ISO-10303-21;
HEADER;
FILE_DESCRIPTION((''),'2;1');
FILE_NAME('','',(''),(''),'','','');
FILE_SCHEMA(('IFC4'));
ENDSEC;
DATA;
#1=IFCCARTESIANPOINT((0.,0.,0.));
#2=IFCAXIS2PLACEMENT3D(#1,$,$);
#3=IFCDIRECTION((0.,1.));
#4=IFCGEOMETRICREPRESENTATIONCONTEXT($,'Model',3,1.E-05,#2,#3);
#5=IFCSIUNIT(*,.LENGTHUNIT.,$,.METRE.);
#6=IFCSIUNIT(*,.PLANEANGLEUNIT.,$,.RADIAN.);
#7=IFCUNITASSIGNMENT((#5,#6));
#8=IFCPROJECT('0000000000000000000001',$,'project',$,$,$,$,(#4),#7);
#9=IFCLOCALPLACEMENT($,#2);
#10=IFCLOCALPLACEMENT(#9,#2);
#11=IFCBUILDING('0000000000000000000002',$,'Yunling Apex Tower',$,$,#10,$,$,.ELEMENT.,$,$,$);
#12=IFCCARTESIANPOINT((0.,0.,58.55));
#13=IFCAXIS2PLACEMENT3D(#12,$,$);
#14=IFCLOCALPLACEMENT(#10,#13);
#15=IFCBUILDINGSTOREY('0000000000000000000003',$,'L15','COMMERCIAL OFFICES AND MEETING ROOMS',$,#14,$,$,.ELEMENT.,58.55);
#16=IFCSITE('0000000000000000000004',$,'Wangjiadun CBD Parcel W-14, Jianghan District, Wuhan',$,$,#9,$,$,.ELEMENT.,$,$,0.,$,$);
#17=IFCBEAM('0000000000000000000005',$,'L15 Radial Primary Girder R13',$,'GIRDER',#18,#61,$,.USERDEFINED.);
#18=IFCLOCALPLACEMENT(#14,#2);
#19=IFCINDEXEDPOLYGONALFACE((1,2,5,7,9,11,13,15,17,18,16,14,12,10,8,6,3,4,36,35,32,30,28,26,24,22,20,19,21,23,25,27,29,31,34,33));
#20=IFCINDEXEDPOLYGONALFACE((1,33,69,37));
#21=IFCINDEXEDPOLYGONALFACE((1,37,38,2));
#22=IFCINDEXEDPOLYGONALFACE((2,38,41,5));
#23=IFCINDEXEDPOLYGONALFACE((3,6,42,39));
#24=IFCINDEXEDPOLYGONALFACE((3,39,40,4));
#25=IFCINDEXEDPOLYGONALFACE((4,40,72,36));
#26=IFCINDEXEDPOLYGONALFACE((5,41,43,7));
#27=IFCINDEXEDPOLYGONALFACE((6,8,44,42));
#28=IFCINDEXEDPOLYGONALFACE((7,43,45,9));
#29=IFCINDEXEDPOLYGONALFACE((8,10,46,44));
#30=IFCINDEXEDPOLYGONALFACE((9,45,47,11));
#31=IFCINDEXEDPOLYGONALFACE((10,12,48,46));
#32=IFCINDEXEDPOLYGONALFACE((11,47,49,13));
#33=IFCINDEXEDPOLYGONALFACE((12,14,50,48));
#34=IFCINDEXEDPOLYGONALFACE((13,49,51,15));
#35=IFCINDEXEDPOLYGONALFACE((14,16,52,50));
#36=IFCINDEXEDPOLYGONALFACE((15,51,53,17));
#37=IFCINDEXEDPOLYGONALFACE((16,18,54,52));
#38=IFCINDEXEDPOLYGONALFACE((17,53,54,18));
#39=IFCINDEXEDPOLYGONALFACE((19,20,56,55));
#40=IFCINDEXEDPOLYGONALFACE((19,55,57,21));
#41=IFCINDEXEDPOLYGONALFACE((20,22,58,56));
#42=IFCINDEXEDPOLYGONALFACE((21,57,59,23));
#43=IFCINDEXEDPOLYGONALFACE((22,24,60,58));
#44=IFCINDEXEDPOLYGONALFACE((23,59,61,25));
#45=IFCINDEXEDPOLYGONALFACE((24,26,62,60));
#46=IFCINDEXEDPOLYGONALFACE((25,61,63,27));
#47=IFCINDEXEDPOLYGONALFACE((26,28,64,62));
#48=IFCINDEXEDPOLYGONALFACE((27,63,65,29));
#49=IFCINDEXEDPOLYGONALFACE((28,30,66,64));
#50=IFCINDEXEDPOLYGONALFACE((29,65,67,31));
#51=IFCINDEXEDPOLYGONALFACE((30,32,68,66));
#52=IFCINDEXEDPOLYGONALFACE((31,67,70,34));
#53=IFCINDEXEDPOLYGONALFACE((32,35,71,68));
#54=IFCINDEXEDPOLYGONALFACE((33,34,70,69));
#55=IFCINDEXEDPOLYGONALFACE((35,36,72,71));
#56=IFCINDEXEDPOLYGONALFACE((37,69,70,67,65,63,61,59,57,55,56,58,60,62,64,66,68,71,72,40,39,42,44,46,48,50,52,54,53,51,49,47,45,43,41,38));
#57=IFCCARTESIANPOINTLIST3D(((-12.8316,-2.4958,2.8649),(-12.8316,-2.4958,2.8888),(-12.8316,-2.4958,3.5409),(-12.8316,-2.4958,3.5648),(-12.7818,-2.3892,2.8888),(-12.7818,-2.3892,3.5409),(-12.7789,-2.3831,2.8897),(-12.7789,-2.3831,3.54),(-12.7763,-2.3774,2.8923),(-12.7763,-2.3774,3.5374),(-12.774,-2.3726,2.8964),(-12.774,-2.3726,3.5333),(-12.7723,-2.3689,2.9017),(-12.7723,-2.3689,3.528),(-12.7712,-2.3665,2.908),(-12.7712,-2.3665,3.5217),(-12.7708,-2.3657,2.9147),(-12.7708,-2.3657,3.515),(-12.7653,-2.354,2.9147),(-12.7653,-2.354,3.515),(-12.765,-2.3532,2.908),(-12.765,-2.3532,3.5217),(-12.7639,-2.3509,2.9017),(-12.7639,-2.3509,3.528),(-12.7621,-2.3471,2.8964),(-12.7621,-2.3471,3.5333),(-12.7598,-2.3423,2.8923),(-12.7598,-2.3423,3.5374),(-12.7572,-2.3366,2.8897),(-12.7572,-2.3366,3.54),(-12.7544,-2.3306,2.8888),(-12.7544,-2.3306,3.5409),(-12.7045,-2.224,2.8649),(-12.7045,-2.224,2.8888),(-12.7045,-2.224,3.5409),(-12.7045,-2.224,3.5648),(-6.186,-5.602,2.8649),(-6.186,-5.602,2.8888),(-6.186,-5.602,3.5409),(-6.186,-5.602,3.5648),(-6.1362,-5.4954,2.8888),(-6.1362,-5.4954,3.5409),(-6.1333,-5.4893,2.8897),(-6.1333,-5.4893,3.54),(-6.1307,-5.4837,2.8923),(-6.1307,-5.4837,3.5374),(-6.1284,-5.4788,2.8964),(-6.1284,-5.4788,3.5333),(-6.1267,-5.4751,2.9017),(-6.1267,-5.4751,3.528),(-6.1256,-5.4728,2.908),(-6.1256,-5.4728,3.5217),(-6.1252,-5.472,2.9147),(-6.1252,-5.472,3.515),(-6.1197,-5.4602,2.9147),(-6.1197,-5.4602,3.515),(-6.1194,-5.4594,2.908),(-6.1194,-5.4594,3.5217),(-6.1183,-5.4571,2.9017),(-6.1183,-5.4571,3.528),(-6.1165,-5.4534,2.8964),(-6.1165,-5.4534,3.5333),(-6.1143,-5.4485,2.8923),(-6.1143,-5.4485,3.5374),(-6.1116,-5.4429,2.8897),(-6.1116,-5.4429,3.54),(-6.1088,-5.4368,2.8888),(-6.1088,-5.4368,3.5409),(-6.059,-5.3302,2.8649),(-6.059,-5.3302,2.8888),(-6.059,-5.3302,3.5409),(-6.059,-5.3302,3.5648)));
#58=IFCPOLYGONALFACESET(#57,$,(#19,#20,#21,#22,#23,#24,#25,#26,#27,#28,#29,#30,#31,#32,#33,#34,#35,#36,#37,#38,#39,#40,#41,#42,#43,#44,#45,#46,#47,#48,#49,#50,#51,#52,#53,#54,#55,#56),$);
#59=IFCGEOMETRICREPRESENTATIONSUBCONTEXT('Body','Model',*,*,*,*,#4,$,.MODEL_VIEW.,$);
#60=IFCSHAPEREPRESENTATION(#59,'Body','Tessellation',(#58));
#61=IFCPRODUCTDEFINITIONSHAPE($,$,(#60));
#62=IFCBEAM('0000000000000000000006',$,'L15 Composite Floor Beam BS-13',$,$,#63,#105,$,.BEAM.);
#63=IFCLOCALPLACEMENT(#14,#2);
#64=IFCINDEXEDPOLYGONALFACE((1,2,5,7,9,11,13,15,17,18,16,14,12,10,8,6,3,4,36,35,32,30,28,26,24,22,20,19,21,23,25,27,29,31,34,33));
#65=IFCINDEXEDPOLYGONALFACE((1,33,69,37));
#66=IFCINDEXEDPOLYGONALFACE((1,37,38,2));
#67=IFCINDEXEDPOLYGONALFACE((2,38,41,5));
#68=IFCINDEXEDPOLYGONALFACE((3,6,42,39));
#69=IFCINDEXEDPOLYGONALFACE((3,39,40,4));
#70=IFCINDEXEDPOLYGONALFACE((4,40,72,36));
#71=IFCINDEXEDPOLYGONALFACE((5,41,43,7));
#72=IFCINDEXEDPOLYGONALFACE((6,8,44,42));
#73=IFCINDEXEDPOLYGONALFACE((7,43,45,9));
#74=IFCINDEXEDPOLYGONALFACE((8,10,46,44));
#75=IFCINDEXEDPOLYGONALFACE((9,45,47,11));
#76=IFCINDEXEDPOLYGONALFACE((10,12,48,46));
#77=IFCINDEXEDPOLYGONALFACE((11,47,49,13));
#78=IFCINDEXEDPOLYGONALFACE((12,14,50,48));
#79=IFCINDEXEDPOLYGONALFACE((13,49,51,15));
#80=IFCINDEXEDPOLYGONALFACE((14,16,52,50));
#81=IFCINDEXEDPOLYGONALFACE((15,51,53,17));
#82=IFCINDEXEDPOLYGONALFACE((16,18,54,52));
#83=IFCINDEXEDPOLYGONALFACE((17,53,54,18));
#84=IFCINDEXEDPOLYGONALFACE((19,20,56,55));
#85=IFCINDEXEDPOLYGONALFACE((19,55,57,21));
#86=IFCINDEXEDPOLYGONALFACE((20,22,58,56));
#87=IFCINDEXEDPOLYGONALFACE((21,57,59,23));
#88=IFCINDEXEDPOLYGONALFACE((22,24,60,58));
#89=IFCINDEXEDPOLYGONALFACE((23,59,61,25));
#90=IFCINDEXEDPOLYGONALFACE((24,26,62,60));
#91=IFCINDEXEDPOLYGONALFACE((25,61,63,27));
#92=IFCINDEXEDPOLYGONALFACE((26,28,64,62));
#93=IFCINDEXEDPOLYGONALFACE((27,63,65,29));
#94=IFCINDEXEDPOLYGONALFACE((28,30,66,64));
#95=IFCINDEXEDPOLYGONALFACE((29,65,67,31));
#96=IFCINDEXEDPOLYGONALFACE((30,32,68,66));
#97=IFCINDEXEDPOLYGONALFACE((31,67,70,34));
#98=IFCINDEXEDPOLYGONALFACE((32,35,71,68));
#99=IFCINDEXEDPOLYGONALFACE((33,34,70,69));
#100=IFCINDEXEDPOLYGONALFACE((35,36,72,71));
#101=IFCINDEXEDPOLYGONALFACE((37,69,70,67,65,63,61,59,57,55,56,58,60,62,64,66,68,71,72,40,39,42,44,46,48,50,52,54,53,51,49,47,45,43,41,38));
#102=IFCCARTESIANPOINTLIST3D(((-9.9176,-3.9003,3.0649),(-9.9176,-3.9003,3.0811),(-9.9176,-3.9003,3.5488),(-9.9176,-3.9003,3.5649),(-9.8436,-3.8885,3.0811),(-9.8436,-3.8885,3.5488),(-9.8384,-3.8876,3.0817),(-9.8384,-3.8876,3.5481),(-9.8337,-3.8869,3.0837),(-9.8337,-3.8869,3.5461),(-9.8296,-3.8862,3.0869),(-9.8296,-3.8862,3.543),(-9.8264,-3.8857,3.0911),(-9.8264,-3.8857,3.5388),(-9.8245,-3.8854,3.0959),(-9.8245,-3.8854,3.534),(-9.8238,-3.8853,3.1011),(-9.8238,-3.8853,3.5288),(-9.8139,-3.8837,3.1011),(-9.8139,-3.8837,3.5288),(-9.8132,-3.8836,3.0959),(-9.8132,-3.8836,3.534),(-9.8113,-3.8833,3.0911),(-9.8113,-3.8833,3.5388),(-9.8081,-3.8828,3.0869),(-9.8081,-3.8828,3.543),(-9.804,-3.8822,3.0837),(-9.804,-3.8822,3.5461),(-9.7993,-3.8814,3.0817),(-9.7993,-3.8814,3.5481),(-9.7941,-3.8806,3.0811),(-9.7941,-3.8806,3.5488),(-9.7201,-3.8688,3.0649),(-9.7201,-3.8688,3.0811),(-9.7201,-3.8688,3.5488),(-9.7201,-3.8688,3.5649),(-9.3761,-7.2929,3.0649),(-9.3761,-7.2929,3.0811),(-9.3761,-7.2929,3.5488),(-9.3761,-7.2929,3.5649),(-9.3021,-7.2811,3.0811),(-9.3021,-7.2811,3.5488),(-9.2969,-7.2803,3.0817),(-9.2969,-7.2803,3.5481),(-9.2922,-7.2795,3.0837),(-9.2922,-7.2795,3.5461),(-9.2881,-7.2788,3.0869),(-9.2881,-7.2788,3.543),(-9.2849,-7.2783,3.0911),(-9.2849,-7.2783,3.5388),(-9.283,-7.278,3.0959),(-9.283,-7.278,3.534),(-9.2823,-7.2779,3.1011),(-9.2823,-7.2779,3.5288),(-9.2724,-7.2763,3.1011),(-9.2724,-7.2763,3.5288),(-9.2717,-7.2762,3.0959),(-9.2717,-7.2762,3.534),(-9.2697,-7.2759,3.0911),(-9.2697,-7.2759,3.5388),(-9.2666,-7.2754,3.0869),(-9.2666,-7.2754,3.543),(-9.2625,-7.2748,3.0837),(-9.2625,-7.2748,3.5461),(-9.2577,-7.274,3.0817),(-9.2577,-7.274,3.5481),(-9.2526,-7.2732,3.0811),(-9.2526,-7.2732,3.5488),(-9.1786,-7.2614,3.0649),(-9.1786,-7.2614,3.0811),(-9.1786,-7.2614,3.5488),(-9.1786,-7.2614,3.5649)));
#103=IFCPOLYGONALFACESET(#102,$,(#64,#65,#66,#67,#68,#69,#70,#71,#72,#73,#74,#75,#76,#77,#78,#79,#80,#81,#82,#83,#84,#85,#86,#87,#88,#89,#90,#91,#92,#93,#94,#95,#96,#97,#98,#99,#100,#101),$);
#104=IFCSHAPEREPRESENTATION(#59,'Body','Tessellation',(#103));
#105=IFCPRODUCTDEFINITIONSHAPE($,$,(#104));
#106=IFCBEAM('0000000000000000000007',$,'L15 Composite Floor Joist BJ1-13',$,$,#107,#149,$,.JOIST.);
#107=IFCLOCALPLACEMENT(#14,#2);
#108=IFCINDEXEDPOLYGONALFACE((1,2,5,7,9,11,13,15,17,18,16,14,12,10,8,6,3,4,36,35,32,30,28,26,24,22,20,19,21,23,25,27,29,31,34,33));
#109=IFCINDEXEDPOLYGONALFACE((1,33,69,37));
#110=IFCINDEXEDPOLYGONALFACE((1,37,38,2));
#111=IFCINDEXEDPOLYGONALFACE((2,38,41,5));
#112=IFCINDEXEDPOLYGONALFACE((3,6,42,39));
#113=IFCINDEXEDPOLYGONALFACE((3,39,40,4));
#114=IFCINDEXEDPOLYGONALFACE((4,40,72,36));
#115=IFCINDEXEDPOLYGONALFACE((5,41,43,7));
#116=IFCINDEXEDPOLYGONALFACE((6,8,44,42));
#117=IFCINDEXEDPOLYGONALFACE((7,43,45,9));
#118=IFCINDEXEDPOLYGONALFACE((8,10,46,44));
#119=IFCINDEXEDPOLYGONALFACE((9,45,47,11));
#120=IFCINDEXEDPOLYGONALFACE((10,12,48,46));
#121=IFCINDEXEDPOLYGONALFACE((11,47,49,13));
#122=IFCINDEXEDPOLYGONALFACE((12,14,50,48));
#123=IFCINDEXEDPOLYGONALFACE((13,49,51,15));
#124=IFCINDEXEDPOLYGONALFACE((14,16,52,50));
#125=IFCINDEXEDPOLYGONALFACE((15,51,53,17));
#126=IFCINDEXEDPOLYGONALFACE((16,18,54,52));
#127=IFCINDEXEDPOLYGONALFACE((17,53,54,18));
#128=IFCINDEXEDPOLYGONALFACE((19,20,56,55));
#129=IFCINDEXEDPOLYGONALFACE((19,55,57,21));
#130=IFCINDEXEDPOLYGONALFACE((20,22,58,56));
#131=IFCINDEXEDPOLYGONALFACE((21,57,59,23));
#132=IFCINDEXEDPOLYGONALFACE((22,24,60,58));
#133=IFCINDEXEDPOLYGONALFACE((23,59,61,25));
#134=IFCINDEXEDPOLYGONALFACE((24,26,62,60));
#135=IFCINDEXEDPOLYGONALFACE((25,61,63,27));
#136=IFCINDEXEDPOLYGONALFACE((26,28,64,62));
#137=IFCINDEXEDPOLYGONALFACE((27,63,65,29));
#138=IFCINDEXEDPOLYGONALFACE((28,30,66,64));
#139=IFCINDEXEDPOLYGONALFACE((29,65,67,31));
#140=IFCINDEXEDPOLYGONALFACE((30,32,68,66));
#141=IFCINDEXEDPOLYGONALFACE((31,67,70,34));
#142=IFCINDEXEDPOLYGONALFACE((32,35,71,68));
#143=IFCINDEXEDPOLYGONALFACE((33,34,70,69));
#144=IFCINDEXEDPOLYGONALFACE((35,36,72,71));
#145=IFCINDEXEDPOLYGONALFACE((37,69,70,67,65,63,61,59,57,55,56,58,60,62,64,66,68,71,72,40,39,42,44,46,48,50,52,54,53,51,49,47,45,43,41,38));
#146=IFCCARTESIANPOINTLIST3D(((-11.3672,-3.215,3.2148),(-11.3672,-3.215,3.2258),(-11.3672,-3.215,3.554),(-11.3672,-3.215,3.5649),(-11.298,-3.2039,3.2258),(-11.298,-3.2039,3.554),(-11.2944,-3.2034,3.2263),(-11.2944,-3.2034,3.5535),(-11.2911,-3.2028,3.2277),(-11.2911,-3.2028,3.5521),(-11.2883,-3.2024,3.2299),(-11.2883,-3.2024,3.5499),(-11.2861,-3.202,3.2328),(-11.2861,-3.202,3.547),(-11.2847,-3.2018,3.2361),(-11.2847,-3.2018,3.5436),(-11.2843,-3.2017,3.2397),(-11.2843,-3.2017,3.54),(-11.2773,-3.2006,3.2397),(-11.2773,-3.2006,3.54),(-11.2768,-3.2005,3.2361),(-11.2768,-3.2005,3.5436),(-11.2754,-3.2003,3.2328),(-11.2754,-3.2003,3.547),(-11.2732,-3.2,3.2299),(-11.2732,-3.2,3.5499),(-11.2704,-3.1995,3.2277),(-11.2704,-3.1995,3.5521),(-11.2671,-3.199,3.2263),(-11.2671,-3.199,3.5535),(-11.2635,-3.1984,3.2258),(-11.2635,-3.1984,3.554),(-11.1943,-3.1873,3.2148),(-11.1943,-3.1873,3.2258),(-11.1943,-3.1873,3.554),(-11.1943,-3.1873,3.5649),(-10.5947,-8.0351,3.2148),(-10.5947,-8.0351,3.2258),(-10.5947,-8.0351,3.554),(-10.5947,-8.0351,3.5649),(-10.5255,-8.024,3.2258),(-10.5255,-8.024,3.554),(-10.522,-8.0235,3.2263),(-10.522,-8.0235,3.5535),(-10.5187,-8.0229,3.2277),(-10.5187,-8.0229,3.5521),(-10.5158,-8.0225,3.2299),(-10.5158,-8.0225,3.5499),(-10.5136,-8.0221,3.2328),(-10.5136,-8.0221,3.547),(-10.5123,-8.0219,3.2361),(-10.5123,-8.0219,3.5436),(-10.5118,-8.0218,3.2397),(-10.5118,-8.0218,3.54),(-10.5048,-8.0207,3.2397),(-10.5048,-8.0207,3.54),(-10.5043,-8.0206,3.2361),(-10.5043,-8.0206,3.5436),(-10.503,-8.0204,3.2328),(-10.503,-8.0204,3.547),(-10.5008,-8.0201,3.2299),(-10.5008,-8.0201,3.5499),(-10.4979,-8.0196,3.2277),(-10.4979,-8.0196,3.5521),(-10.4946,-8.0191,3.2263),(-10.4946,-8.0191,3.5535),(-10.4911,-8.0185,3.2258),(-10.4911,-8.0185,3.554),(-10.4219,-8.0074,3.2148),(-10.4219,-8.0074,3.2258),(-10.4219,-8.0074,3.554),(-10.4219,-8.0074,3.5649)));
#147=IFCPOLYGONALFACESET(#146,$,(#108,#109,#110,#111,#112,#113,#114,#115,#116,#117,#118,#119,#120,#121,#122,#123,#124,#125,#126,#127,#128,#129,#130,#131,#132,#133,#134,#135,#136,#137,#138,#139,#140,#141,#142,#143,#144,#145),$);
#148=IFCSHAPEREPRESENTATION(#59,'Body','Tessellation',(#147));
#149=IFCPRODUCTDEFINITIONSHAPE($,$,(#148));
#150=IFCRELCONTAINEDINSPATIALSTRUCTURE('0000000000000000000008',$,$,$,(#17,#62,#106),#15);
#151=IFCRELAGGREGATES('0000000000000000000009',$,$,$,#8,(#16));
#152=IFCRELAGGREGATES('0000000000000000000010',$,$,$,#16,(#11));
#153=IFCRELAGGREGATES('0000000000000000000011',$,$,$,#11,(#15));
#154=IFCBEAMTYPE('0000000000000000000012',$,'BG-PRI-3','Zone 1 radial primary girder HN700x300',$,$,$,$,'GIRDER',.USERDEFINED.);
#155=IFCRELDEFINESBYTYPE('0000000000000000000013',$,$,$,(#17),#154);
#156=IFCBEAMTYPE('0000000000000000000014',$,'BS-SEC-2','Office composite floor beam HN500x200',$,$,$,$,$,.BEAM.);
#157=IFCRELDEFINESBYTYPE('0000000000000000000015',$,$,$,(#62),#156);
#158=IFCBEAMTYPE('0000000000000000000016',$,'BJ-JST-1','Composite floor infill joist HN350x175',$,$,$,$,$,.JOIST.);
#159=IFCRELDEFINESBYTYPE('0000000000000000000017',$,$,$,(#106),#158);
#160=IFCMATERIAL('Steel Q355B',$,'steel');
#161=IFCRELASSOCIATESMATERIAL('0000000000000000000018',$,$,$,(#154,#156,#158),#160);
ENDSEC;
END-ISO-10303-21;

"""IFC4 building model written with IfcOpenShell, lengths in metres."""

from ifc_helpers import new_model, si_unit, direction, frame, origin, origin_2d, place, context, subcontext, project, spatial, i_section, extrude, source, transform, mapped, material, material_profile, profile_set, type_object, element, save


model = new_model("IFC4")

# Units and contexts
model_context = context("Model", 3, precision=1e-05, world=origin(), true_north=direction((0.0, 1.0)))
body_context = subcontext(model_context, "Body", "Model", "MODEL_VIEW")
ifc_project = project(units=[si_unit("LENGTHUNIT", "METRE"), si_unit("PLANEANGLEUNIT", "RADIAN")], contexts=[model_context])

# Site, building, storey
site_placement = place(None, origin())
site = spatial("IfcSite", under=ifc_project, at=site_placement, Name="Wangjiadun CBD Parcel W-14, Jianghan District, Wuhan", CompositionType="ELEMENT", RefElevation=0.0)
building_placement = place(site_placement, origin())
building = spatial("IfcBuilding", under=site, at=building_placement, Name="Yunling Apex Tower", CompositionType="ELEMENT")
storey_placement = place(building_placement, frame((0.0, 0.0, 58.55)))
storey = spatial("IfcBuildingStorey", under=building, at=storey_placement, Name="L15", Description="COMMERCIAL OFFICES AND MEETING ROOMS", CompositionType="ELEMENT", Elevation=58.55)

# Beams
ifc_material_1 = material(Name="Steel Q355B", Category="steel")
ifc_material_profile_1 = material_profile(ifc_material_1, i_section(OverallWidth=0.3, OverallDepth=0.7, WebThickness=0.0129, FlangeThickness=0.0239, FilletRadius=0.0259, at=origin_2d()))
ifc_profile_set_1 = profile_set([ifc_material_profile_1], Name="Steel Q355B")
beam_type_1 = type_object("IfcBeamType", Name="BG-PRI-3", Description="Zone 1 radial primary girder HN700x300", ElementType="GIRDER", PredefinedType="USERDEFINED", material=ifc_profile_set_1)
shared_shape_1 = source(origin(), body_context, "Body", "SweptSolid", [
    extrude(i_section(OverallWidth=0.3, OverallDepth=0.7, WebThickness=0.0129, FlangeThickness=0.0239, FilletRadius=0.0259, at=origin_2d()), origin(), (0.0, 0.0, 1.0), 7.3357),
])
beam_1_placement = place(storey_placement, frame((-12.7681, -2.3599, 3.2148), z_axis=(0.905924, -0.423441, 0.0), x_axis=(0.423441, 0.905924, 0.0)))
element("IfcBeam", 1, at=beam_1_placement, inside=storey, type_object=beam_type_1, Name="L15 Radial Primary Girder R13", ObjectType="GIRDER", PredefinedType="USERDEFINED", context=body_context, shape_type="MappedRepresentation", body=[
    mapped(shared_shape_1, transform((0.0, 0.0, 0.0), scale=1.0)),
])
ifc_material_profile_2 = material_profile(ifc_material_1, i_section(OverallWidth=0.2, OverallDepth=0.5, WebThickness=0.01, FlangeThickness=0.0161, FilletRadius=0.02, at=origin_2d()))
ifc_profile_set_2 = profile_set([ifc_material_profile_2], Name="Steel Q355B")
beam_type_2 = type_object("IfcBeamType", Name="BS-SEC-2", Description="Office composite floor beam HN500x200", PredefinedType="BEAM", material=ifc_profile_set_2)
shared_shape_2 = source(origin(), body_context, "Body", "SweptSolid", [
    extrude(i_section(OverallWidth=0.2, OverallDepth=0.5, WebThickness=0.01, FlangeThickness=0.0161, FilletRadius=0.02, at=origin_2d()), origin(), (0.0, 0.0, 1.0), 3.4355),
])
beam_2_placement = place(storey_placement, frame((-9.8188, -3.8845, 3.3149), z_axis=(0.157619, -0.9875, 0.0), x_axis=(0.9875, 0.157619, 0.0)))
element("IfcBeam", 2, at=beam_2_placement, inside=storey, type_object=beam_type_2, Name="L15 Composite Floor Beam BS-13", PredefinedType="BEAM", context=body_context, shape_type="MappedRepresentation", body=[
    mapped(shared_shape_2, transform((0.0, 0.0, 0.0), scale=1.0)),
])
ifc_material_profile_3 = material_profile(ifc_material_1, i_section(OverallWidth=0.175, OverallDepth=0.3501, WebThickness=0.0071, FlangeThickness=0.011, FilletRadius=0.0139, at=origin_2d()))
ifc_profile_set_3 = profile_set([ifc_material_profile_3], Name="Steel Q355B")
beam_type_3 = type_object("IfcBeamType", Name="BJ-JST-1", Description="Composite floor infill joist HN350x175", PredefinedType="JOIST", material=ifc_profile_set_3)
shared_shape_3 = source(origin(), body_context, "Body", "SweptSolid", [
    extrude(i_section(OverallWidth=0.175, OverallDepth=0.3501, WebThickness=0.0071, FlangeThickness=0.011, FilletRadius=0.0139, at=origin_2d()), origin(), (0.0, 0.0, 1.0), 4.8816),
])
beam_3_placement = place(storey_placement, frame((-11.2808, -3.2012, 3.3899), z_axis=(0.15824, -0.987401, 0.0), x_axis=(0.987401, 0.15824, 0.0)))
element("IfcBeam", 3, at=beam_3_placement, inside=storey, type_object=beam_type_3, Name="L15 Composite Floor Joist BJ1-13", PredefinedType="JOIST", context=body_context, shape_type="MappedRepresentation", body=[
    mapped(shared_shape_3, transform((0.0, 0.0, 0.0), scale=1.0)),
])

save(model, "model.ifc")
